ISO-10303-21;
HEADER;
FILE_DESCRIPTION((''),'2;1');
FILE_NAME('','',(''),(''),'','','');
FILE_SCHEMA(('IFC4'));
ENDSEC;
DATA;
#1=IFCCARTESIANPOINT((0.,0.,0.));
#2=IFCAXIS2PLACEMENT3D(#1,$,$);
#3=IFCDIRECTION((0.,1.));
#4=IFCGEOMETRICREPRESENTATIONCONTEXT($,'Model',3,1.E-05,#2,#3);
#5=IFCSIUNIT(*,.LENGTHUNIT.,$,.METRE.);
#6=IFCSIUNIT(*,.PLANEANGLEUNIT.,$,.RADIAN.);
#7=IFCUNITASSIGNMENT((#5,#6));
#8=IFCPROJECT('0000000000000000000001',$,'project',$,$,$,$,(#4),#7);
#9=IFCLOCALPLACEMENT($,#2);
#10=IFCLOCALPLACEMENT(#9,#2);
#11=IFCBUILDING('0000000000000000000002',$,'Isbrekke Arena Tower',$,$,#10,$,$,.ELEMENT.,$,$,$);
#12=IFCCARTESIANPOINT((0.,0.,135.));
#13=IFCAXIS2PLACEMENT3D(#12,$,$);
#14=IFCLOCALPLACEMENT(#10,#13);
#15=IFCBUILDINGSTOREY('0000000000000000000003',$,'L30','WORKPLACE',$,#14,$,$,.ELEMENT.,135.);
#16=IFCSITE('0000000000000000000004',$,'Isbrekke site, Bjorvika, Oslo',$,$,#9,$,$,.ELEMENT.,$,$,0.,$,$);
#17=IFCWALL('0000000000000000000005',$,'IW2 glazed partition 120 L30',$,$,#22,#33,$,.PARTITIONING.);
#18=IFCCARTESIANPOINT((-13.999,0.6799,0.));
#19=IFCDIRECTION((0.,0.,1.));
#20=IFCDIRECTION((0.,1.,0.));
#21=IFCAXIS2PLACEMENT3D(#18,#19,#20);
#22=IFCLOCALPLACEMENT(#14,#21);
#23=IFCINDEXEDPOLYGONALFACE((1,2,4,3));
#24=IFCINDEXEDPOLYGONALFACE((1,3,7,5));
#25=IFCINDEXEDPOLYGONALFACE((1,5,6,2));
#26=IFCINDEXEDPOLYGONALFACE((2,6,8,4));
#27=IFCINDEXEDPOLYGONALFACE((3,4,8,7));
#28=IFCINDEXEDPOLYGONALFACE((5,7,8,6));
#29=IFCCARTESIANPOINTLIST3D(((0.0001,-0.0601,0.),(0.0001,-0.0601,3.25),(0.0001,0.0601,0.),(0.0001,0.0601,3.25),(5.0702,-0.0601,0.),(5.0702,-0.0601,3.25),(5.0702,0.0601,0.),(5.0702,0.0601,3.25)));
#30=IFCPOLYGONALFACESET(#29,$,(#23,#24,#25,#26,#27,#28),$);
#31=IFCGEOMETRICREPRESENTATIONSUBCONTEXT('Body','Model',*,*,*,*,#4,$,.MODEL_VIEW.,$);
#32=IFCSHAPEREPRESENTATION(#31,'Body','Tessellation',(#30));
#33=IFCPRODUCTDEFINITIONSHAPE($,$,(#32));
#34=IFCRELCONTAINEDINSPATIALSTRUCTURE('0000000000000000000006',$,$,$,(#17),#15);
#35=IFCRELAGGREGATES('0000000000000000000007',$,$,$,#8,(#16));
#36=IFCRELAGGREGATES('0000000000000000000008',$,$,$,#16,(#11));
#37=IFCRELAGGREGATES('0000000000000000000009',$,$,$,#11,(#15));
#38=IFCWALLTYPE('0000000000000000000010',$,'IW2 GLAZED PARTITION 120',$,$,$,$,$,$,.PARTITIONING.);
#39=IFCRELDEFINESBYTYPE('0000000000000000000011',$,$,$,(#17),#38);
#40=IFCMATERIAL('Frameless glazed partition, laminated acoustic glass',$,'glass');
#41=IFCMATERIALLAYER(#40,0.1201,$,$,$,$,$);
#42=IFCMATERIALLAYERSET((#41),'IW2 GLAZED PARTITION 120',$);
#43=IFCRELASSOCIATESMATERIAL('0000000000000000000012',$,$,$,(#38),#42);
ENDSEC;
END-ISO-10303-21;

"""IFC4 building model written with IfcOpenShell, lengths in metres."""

from ifc_helpers import new_model, si_unit, direction, frame, frame_2d, origin, place, context, subcontext, project, spatial, rectangle, extrude, material, layer, layer_set, type_object, element, save


model = new_model("IFC4")

# Units and contexts
model_context = context("Model", 3, precision=1e-05, world=origin(), true_north=direction((0.0, 1.0)))
body_context = subcontext(model_context, "Body", "Model", "MODEL_VIEW")
ifc_project = project(units=[si_unit("LENGTHUNIT", "METRE"), si_unit("PLANEANGLEUNIT", "RADIAN")], contexts=[model_context])

# Site, building, storey
site_placement = place(None, origin())
site = spatial("IfcSite", under=ifc_project, at=site_placement, Name="Isbrekke site, Bjorvika, Oslo", CompositionType="ELEMENT", RefElevation=0.0)
building_placement = place(site_placement, origin())
building = spatial("IfcBuilding", under=site, at=building_placement, Name="Isbrekke Arena Tower", CompositionType="ELEMENT")
storey_placement = place(building_placement, frame((0.0, 0.0, 135.0)))
storey = spatial("IfcBuildingStorey", under=building, at=storey_placement, Name="L30", Description="WORKPLACE", CompositionType="ELEMENT", Elevation=135.0)

# Shared definitions
ifc_material_1 = material(Name="Frameless glazed partition, laminated acoustic glass", Category="glass")
ifc_layer_1 = layer(ifc_material_1, 0.1201)
ifc_layer_set_1 = layer_set([ifc_layer_1], Name="IW2 GLAZED PARTITION 120")
wall_type_1 = type_object("IfcWallType", Name="IW2 GLAZED PARTITION 120", PredefinedType="PARTITIONING", material=ifc_layer_set_1)

# Wall
wall_1_placement = place(storey_placement, frame((-13.999, 0.6799, 0.0), z_axis=(0.0, 0.0, 1.0), x_axis=(0.0, 1.0, 0.0)))
element("IfcWall", 1, at=wall_1_placement, inside=storey, type_object=wall_type_1, Name="IW2 glazed partition 120 L30", PredefinedType="PARTITIONING", context=body_context, shape_type="SweptSolid", body=[
    extrude(rectangle(XDim=5.0701, YDim=0.1201, at=frame_2d((2.5352, 0.0))), origin(), (0.0, 0.0, 1.0), 3.25),
])

save(model, "model.ifc")
